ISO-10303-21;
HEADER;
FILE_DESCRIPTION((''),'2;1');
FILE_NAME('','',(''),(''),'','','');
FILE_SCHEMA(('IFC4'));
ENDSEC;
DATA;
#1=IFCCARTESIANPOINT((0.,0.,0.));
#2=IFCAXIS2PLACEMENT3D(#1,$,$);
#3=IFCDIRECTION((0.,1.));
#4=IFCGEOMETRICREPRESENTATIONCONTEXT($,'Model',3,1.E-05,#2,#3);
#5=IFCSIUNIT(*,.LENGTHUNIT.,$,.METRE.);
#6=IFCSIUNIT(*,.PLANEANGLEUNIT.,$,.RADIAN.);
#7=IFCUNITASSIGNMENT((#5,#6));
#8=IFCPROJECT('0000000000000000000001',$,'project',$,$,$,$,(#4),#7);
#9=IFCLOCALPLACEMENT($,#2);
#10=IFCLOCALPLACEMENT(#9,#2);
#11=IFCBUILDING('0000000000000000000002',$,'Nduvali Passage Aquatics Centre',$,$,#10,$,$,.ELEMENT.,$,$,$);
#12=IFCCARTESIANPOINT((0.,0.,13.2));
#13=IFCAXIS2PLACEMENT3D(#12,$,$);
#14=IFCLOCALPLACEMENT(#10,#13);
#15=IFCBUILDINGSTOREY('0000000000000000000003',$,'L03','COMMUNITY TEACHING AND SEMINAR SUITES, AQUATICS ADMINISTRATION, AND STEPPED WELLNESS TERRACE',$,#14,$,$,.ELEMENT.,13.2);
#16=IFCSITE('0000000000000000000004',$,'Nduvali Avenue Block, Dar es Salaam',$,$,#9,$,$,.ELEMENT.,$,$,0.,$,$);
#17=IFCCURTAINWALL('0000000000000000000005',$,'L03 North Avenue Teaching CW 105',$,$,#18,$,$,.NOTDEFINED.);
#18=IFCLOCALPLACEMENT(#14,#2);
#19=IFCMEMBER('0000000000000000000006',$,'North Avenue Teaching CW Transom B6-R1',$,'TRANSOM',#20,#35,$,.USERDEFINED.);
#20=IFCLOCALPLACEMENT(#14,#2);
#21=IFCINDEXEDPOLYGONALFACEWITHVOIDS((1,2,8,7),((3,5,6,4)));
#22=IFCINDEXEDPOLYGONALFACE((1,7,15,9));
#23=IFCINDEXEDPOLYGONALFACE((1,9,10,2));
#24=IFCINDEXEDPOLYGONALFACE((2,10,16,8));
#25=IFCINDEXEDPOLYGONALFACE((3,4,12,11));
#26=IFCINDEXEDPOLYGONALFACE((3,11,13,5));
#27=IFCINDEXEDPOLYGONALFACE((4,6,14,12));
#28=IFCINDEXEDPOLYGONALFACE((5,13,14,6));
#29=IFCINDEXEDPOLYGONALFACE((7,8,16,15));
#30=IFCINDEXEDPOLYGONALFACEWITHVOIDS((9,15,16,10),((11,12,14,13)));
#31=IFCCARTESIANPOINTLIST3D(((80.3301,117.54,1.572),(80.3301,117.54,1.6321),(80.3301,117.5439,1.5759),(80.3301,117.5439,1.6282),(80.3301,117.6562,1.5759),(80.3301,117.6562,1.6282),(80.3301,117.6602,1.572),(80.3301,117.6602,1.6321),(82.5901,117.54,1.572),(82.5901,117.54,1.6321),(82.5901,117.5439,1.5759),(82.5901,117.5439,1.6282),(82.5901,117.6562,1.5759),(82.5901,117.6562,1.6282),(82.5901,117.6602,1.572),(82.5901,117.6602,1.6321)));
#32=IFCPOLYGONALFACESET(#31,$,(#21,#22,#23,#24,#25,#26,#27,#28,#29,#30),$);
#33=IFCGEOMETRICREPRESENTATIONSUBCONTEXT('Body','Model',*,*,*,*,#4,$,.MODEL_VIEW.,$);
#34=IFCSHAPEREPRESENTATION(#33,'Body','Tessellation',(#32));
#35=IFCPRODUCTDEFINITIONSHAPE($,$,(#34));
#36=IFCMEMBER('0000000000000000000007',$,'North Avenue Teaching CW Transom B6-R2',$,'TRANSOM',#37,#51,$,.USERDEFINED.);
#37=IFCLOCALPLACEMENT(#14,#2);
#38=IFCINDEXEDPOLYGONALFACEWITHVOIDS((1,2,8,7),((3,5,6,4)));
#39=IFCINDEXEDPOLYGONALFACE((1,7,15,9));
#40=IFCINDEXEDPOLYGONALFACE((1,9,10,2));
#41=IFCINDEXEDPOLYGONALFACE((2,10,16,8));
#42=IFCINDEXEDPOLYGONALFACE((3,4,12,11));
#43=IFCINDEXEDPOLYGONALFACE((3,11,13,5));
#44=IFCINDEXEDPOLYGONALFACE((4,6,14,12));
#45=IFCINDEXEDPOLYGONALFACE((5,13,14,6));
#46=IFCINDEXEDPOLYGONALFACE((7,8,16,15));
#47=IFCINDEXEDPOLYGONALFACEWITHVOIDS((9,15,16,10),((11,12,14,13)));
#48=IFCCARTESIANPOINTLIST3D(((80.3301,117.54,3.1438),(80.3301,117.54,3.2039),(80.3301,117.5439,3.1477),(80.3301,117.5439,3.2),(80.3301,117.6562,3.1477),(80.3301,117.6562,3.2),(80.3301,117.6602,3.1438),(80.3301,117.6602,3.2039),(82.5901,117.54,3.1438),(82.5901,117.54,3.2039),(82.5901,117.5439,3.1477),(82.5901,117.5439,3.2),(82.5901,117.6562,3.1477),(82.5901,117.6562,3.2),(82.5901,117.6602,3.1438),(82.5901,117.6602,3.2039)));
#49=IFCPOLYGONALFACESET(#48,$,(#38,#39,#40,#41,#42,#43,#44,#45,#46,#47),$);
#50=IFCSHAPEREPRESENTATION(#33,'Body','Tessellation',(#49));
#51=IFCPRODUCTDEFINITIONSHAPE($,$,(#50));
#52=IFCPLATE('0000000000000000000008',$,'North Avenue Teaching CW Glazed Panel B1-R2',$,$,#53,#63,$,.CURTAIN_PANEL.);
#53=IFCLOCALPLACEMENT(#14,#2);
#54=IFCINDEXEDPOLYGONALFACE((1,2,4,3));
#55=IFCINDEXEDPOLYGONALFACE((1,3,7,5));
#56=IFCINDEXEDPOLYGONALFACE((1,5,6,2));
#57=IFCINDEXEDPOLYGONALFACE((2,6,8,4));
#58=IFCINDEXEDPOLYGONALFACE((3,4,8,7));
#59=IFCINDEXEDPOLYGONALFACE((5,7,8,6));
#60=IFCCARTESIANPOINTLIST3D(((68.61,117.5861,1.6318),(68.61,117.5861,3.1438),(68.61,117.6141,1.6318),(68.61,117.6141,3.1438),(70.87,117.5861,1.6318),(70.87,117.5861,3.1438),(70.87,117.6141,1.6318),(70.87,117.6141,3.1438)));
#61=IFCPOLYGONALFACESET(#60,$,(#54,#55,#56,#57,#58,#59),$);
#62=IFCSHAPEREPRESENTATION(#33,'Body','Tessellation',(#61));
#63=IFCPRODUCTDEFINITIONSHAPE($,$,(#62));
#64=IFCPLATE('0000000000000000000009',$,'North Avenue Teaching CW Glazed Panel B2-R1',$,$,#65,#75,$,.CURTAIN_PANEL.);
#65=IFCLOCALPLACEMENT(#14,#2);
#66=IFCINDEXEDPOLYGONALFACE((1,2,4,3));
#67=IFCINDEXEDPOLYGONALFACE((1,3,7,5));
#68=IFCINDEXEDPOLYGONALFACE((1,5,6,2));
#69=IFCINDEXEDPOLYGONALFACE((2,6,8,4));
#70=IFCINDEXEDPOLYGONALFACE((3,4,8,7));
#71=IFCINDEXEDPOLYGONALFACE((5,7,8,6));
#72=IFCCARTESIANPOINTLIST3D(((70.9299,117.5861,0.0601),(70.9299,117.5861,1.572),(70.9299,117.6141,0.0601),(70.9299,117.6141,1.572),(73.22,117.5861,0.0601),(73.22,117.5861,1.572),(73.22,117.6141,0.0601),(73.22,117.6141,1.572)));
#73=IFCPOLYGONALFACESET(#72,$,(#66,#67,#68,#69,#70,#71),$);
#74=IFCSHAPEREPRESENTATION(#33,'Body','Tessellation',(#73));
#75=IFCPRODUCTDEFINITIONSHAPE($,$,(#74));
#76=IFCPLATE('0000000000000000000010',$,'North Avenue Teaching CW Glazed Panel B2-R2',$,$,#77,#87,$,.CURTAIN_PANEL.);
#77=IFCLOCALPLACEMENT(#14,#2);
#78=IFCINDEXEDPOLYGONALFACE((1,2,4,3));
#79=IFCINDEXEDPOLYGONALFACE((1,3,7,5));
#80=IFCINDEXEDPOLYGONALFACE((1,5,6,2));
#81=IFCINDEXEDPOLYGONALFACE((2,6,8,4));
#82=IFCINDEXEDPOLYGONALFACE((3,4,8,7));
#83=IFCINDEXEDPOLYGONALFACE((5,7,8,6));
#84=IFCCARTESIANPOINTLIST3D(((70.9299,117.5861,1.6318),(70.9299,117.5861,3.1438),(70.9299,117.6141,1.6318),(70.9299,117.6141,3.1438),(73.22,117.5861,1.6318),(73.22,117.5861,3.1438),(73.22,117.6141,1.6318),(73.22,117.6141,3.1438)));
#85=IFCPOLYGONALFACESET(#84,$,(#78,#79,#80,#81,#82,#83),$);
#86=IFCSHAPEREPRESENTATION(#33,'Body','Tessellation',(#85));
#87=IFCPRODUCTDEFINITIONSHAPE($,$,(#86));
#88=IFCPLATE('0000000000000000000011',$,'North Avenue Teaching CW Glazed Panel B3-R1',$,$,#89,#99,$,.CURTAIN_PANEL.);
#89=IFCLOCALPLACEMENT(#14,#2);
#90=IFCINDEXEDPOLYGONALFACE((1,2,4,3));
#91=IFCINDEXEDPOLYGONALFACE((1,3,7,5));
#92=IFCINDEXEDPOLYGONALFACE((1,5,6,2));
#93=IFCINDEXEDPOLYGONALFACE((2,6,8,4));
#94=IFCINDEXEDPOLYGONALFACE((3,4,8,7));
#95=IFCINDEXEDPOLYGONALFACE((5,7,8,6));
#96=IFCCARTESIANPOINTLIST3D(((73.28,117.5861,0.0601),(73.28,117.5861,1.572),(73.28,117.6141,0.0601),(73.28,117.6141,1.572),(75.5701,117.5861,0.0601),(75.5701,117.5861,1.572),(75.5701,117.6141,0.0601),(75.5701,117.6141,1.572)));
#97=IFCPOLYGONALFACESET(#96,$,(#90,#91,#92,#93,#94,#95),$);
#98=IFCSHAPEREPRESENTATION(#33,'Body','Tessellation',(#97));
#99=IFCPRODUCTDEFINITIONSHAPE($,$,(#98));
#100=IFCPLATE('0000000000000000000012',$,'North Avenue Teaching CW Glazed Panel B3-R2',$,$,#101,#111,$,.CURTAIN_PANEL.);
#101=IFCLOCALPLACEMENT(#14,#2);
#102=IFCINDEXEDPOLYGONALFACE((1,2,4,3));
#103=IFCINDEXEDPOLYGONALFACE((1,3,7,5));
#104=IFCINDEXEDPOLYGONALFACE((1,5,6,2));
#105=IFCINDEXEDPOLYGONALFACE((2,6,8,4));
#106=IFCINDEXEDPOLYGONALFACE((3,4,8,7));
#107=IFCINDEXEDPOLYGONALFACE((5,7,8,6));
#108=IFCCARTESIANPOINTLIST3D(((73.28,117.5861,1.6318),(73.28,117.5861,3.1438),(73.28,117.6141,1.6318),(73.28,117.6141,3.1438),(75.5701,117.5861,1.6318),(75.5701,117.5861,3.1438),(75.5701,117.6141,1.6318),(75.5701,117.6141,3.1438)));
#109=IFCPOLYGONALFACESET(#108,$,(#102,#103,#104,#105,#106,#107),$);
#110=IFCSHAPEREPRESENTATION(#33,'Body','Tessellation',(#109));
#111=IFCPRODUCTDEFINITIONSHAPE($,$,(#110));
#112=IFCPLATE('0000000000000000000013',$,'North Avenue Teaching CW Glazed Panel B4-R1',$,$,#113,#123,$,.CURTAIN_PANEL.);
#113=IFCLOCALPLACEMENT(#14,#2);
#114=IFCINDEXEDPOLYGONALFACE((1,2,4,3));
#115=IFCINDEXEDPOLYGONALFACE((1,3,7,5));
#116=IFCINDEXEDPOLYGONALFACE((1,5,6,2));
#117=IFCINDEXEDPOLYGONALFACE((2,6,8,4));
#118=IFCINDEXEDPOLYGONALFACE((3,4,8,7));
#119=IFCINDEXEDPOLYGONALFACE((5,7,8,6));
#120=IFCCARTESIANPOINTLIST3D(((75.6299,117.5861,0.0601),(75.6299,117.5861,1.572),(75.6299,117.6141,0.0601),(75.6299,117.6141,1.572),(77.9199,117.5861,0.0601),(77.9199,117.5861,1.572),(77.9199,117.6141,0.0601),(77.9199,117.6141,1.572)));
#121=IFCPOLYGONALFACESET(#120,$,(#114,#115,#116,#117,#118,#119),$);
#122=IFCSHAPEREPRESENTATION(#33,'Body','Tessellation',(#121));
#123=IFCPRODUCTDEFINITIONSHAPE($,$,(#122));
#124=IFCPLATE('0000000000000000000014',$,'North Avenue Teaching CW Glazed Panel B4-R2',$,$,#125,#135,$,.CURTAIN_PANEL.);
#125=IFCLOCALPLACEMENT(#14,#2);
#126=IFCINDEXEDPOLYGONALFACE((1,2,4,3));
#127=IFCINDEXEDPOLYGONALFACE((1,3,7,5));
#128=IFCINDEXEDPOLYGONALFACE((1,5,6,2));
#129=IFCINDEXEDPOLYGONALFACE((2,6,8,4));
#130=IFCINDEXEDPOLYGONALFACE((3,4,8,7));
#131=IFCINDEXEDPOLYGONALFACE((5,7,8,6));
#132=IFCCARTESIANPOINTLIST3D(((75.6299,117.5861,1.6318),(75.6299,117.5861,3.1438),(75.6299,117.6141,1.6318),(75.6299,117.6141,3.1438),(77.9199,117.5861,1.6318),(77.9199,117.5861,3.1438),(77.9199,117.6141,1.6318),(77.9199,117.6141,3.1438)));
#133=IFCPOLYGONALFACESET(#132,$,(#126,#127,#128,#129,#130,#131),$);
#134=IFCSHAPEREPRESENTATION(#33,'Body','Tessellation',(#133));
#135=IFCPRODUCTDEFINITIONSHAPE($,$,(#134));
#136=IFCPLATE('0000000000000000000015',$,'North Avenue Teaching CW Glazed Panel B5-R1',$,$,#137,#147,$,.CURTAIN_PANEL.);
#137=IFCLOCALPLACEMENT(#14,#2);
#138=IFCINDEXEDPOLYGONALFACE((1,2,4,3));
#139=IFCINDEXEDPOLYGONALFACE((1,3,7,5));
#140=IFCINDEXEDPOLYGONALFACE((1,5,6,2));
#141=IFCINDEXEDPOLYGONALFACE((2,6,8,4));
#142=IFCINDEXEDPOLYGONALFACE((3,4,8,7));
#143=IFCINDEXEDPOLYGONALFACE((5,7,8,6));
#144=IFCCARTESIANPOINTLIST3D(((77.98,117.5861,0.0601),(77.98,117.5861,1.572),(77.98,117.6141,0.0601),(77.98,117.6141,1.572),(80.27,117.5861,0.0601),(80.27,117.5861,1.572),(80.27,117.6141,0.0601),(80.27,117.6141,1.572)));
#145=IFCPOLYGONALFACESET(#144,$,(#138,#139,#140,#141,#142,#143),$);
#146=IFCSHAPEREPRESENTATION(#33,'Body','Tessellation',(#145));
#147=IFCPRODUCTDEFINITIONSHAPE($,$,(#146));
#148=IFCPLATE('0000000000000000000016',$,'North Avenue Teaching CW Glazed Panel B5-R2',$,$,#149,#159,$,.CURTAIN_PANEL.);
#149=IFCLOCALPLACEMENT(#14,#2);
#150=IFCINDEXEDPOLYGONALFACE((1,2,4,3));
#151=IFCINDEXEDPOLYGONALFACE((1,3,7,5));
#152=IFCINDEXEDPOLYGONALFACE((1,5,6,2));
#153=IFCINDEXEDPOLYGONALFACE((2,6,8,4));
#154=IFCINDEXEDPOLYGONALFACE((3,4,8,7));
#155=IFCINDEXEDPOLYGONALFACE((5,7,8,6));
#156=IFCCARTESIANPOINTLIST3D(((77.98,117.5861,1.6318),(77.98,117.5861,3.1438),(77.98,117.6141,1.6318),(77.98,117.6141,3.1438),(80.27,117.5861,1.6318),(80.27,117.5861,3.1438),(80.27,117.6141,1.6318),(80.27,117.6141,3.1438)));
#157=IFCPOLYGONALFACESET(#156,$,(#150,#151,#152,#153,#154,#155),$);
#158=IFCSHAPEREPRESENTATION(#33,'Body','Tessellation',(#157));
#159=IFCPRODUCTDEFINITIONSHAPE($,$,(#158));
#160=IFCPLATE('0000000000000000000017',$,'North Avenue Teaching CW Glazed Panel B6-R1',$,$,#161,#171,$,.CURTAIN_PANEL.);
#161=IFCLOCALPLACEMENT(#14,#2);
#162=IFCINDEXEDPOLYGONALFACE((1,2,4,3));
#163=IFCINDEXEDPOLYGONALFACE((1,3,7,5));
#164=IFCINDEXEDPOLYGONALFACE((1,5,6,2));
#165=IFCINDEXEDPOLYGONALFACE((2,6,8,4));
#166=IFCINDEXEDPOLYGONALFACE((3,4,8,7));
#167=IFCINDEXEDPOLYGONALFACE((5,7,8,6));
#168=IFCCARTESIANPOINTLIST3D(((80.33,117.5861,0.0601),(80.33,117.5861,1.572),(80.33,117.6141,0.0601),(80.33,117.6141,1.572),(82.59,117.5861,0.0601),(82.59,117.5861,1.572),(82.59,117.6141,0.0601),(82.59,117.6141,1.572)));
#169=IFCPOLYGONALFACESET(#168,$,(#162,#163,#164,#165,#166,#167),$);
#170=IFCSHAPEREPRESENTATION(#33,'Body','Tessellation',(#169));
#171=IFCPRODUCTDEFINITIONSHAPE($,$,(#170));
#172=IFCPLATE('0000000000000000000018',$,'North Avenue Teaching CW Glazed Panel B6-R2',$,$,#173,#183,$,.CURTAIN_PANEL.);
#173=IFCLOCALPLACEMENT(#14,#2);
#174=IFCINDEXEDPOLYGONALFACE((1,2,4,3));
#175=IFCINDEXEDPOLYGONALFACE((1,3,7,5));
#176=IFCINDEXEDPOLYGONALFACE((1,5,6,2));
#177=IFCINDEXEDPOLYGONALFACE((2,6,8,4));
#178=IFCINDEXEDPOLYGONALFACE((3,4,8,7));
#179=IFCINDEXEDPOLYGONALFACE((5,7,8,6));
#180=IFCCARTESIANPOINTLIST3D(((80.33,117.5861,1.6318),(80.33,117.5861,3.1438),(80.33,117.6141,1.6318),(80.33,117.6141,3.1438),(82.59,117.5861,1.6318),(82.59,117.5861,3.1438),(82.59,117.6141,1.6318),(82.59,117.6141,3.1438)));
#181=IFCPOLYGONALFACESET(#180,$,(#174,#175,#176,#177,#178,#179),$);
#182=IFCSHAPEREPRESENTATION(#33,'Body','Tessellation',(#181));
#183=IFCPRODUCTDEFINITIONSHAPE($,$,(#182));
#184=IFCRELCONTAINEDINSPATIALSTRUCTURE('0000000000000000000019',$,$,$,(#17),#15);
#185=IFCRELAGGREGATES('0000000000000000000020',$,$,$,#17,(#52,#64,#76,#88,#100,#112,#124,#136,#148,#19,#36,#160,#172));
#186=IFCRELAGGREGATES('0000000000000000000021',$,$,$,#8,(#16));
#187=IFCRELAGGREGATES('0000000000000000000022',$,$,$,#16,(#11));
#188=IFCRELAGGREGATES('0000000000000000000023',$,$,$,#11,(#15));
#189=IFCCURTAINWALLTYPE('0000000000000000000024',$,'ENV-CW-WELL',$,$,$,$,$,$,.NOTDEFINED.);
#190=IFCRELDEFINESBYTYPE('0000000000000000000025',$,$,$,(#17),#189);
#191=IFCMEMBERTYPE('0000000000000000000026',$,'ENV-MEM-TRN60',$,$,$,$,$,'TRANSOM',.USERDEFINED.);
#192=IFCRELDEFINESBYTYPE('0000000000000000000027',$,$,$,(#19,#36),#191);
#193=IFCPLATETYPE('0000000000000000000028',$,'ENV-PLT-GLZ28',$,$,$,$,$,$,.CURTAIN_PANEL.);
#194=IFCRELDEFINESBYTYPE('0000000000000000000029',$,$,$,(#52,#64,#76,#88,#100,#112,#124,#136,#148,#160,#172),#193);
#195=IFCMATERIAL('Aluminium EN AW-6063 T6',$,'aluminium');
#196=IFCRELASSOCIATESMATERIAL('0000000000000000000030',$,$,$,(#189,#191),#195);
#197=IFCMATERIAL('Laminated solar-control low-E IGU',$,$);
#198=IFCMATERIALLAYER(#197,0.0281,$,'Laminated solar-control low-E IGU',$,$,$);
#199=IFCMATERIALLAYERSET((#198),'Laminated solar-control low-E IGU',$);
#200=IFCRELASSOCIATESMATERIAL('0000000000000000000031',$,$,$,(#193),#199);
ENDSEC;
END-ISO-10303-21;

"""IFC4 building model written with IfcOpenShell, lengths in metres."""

from ifc_helpers import new_model, si_unit, direction, frame, origin, origin_2d, place, context, subcontext, project, spatial, rectangle, hollow_rectangle, extrude, material, layer, layer_set, material_profile, profile_set, type_object, element, aggregate, save


model = new_model("IFC4")

# Units and contexts
model_context = context("Model", 3, precision=1e-05, world=origin(), true_north=direction((0.0, 1.0)))
body_context = subcontext(model_context, "Body", "Model", "MODEL_VIEW")
ifc_project = project(units=[si_unit("LENGTHUNIT", "METRE"), si_unit("PLANEANGLEUNIT", "RADIAN")], contexts=[model_context])

# Site, building, storey
site_placement = place(None, origin())
site = spatial("IfcSite", under=ifc_project, at=site_placement, Name="Nduvali Avenue Block, Dar es Salaam", CompositionType="ELEMENT", RefElevation=0.0)
building_placement = place(site_placement, origin())
building = spatial("IfcBuilding", under=site, at=building_placement, Name="Nduvali Passage Aquatics Centre", CompositionType="ELEMENT")
storey_placement = place(building_placement, frame((0.0, 0.0, 13.2)))
storey = spatial("IfcBuildingStorey", under=building, at=storey_placement, Name="L03", Description="COMMUNITY TEACHING AND SEMINAR SUITES, AQUATICS ADMINISTRATION, AND STEPPED WELLNESS TERRACE", CompositionType="ELEMENT", Elevation=13.2)

# Curtain wall, members, plates
ifc_material_1 = material(Name="Aluminium EN AW-6063 T6", Category="aluminium")
curtain_wall_type = type_object("IfcCurtainWallType", Name="ENV-CW-WELL", PredefinedType="NOTDEFINED", material=ifc_material_1)
curtain_wall_placement = place(storey_placement, origin())
curtain_wall = element("IfcCurtainWall", 1, at=curtain_wall_placement, inside=storey, type_object=curtain_wall_type, Name="L03 North Avenue Teaching CW 105", PredefinedType="NOTDEFINED")
ifc_material_profile_1 = material_profile(ifc_material_1, hollow_rectangle(XDim=0.1201, YDim=0.0601, WallThickness=0.0039, at=origin_2d()), Name="ALU TRANSOM 120x60x4")
ifc_profile_set_1 = profile_set([ifc_material_profile_1], Name="Aluminium EN AW-6063 T6")
member_type_1 = type_object("IfcMemberType", Name="ENV-MEM-TRN60", ElementType="TRANSOM", PredefinedType="USERDEFINED", material=ifc_profile_set_1)
member_1_placement = place(storey_placement, frame((80.3301, 117.6001, 1.6021), z_axis=(1.0, 0.0, 0.0), x_axis=(0.0, 1.0, 0.0)))
member_1 = element("IfcMember", 2, at=member_1_placement, type_object=member_type_1, Name="North Avenue Teaching CW Transom B6-R1", ObjectType="TRANSOM", PredefinedType="USERDEFINED", context=body_context, shape_type="SweptSolid", body=[
    extrude(hollow_rectangle(XDim=0.1201, YDim=0.0601, WallThickness=0.0039, at=origin_2d()), origin(), (0.0, 0.0, 1.0), 2.26),
])
member_2_placement = place(storey_placement, frame((80.3301, 117.6001, 3.1738), z_axis=(1.0, 0.0, 0.0), x_axis=(0.0, 1.0, 0.0)))
member_2 = element("IfcMember", 3, at=member_2_placement, type_object=member_type_1, Name="North Avenue Teaching CW Transom B6-R2", ObjectType="TRANSOM", PredefinedType="USERDEFINED", context=body_context, shape_type="SweptSolid", body=[
    extrude(hollow_rectangle(XDim=0.1201, YDim=0.0601, WallThickness=0.0039, at=origin_2d()), origin(), (0.0, 0.0, 1.0), 2.26),
])
ifc_material_2 = material(Name="Laminated solar-control low-E IGU")
ifc_layer = layer(ifc_material_2, 0.0281, Name="Laminated solar-control low-E IGU")
ifc_layer_set = layer_set([ifc_layer], Name="Laminated solar-control low-E IGU")
plate_type = type_object("IfcPlateType", Name="ENV-PLT-GLZ28", PredefinedType="CURTAIN_PANEL", material=ifc_layer_set)
plate_1_placement = place(storey_placement, frame((69.74, 117.6001, 1.6318), z_axis=(0.0, 0.0, 1.0), x_axis=(1.0, 0.0, 0.0)))
plate_1 = element("IfcPlate", 4, at=plate_1_placement, type_object=plate_type, Name="North Avenue Teaching CW Glazed Panel B1-R2", PredefinedType="CURTAIN_PANEL", context=body_context, shape_type="SweptSolid", body=[
    extrude(rectangle(XDim=2.26, YDim=0.0281, at=origin_2d()), origin(), (0.0, 0.0, 1.0), 1.512),
])
plate_2_placement = place(storey_placement, frame((72.075, 117.6001, 0.0601), z_axis=(0.0, 0.0, 1.0), x_axis=(1.0, 0.0, 0.0)))
plate_2 = element("IfcPlate", 5, at=plate_2_placement, type_object=plate_type, Name="North Avenue Teaching CW Glazed Panel B2-R1", PredefinedType="CURTAIN_PANEL", context=body_context, shape_type="SweptSolid", body=[
    extrude(rectangle(XDim=2.29, YDim=0.0281, at=origin_2d()), origin(), (0.0, 0.0, 1.0), 1.512),
])
plate_3_placement = place(storey_placement, frame((72.075, 117.6001, 1.6318), z_axis=(0.0, 0.0, 1.0), x_axis=(1.0, 0.0, 0.0)))
plate_3 = element("IfcPlate", 6, at=plate_3_placement, type_object=plate_type, Name="North Avenue Teaching CW Glazed Panel B2-R2", PredefinedType="CURTAIN_PANEL", context=body_context, shape_type="SweptSolid", body=[
    extrude(rectangle(XDim=2.29, YDim=0.0281, at=origin_2d()), origin(), (0.0, 0.0, 1.0), 1.512),
])
plate_4_placement = place(storey_placement, frame((74.425, 117.6001, 0.0601), z_axis=(0.0, 0.0, 1.0), x_axis=(1.0, 0.0, 0.0)))
plate_4 = element("IfcPlate", 7, at=plate_4_placement, type_object=plate_type, Name="North Avenue Teaching CW Glazed Panel B3-R1", PredefinedType="CURTAIN_PANEL", context=body_context, shape_type="SweptSolid", body=[
    extrude(rectangle(XDim=2.29, YDim=0.0281, at=origin_2d()), origin(), (0.0, 0.0, 1.0), 1.512),
])
plate_5_placement = place(storey_placement, frame((74.425, 117.6001, 1.6318), z_axis=(0.0, 0.0, 1.0), x_axis=(1.0, 0.0, 0.0)))
plate_5 = element("IfcPlate", 8, at=plate_5_placement, type_object=plate_type, Name="North Avenue Teaching CW Glazed Panel B3-R2", PredefinedType="CURTAIN_PANEL", context=body_context, shape_type="SweptSolid", body=[
    extrude(rectangle(XDim=2.29, YDim=0.0281, at=origin_2d()), origin(), (0.0, 0.0, 1.0), 1.512),
])
plate_6_placement = place(storey_placement, frame((76.7749, 117.6001, 0.0601), z_axis=(0.0, 0.0, 1.0), x_axis=(1.0, 0.0, 0.0)))
plate_6 = element("IfcPlate", 9, at=plate_6_placement, type_object=plate_type, Name="North Avenue Teaching CW Glazed Panel B4-R1", PredefinedType="CURTAIN_PANEL", context=body_context, shape_type="SweptSolid", body=[
    extrude(rectangle(XDim=2.29, YDim=0.0281, at=origin_2d()), origin(), (0.0, 0.0, 1.0), 1.512),
])
plate_7_placement = place(storey_placement, frame((76.7749, 117.6001, 1.6318), z_axis=(0.0, 0.0, 1.0), x_axis=(1.0, 0.0, 0.0)))
plate_7 = element("IfcPlate", 10, at=plate_7_placement, type_object=plate_type, Name="North Avenue Teaching CW Glazed Panel B4-R2", PredefinedType="CURTAIN_PANEL", context=body_context, shape_type="SweptSolid", body=[
    extrude(rectangle(XDim=2.29, YDim=0.0281, at=origin_2d()), origin(), (0.0, 0.0, 1.0), 1.512),
])
plate_8_placement = place(storey_placement, frame((79.125, 117.6001, 0.0601), z_axis=(0.0, 0.0, 1.0), x_axis=(1.0, 0.0, 0.0)))
plate_8 = element("IfcPlate", 11, at=plate_8_placement, type_object=plate_type, Name="North Avenue Teaching CW Glazed Panel B5-R1", PredefinedType="CURTAIN_PANEL", context=body_context, shape_type="SweptSolid", body=[
    extrude(rectangle(XDim=2.29, YDim=0.0281, at=origin_2d()), origin(), (0.0, 0.0, 1.0), 1.512),
])
plate_9_placement = place(storey_placement, frame((79.125, 117.6001, 1.6318), z_axis=(0.0, 0.0, 1.0), x_axis=(1.0, 0.0, 0.0)))
plate_9 = element("IfcPlate", 12, at=plate_9_placement, type_object=plate_type, Name="North Avenue Teaching CW Glazed Panel B5-R2", PredefinedType="CURTAIN_PANEL", context=body_context, shape_type="SweptSolid", body=[
    extrude(rectangle(XDim=2.29, YDim=0.0281, at=origin_2d()), origin(), (0.0, 0.0, 1.0), 1.512),
])
plate_10_placement = place(storey_placement, frame((81.46, 117.6001, 0.0601), z_axis=(0.0, 0.0, 1.0), x_axis=(1.0, 0.0, 0.0)))
plate_10 = element("IfcPlate", 13, at=plate_10_placement, type_object=plate_type, Name="North Avenue Teaching CW Glazed Panel B6-R1", PredefinedType="CURTAIN_PANEL", context=body_context, shape_type="SweptSolid", body=[
    extrude(rectangle(XDim=2.26, YDim=0.0281, at=origin_2d()), origin(), (0.0, 0.0, 1.0), 1.512),
])
plate_11_placement = place(storey_placement, frame((81.46, 117.6001, 1.6318), z_axis=(0.0, 0.0, 1.0), x_axis=(1.0, 0.0, 0.0)))
plate_11 = element("IfcPlate", 14, at=plate_11_placement, type_object=plate_type, Name="North Avenue Teaching CW Glazed Panel B6-R2", PredefinedType="CURTAIN_PANEL", context=body_context, shape_type="SweptSolid", body=[
    extrude(rectangle(XDim=2.26, YDim=0.0281, at=origin_2d()), origin(), (0.0, 0.0, 1.0), 1.512),
])
aggregate(curtain_wall, [plate_1, plate_2, plate_3, plate_4, plate_5, plate_6, plate_7, plate_8, plate_9, member_1, member_2, plate_10, plate_11])

save(model, "model.ifc")
